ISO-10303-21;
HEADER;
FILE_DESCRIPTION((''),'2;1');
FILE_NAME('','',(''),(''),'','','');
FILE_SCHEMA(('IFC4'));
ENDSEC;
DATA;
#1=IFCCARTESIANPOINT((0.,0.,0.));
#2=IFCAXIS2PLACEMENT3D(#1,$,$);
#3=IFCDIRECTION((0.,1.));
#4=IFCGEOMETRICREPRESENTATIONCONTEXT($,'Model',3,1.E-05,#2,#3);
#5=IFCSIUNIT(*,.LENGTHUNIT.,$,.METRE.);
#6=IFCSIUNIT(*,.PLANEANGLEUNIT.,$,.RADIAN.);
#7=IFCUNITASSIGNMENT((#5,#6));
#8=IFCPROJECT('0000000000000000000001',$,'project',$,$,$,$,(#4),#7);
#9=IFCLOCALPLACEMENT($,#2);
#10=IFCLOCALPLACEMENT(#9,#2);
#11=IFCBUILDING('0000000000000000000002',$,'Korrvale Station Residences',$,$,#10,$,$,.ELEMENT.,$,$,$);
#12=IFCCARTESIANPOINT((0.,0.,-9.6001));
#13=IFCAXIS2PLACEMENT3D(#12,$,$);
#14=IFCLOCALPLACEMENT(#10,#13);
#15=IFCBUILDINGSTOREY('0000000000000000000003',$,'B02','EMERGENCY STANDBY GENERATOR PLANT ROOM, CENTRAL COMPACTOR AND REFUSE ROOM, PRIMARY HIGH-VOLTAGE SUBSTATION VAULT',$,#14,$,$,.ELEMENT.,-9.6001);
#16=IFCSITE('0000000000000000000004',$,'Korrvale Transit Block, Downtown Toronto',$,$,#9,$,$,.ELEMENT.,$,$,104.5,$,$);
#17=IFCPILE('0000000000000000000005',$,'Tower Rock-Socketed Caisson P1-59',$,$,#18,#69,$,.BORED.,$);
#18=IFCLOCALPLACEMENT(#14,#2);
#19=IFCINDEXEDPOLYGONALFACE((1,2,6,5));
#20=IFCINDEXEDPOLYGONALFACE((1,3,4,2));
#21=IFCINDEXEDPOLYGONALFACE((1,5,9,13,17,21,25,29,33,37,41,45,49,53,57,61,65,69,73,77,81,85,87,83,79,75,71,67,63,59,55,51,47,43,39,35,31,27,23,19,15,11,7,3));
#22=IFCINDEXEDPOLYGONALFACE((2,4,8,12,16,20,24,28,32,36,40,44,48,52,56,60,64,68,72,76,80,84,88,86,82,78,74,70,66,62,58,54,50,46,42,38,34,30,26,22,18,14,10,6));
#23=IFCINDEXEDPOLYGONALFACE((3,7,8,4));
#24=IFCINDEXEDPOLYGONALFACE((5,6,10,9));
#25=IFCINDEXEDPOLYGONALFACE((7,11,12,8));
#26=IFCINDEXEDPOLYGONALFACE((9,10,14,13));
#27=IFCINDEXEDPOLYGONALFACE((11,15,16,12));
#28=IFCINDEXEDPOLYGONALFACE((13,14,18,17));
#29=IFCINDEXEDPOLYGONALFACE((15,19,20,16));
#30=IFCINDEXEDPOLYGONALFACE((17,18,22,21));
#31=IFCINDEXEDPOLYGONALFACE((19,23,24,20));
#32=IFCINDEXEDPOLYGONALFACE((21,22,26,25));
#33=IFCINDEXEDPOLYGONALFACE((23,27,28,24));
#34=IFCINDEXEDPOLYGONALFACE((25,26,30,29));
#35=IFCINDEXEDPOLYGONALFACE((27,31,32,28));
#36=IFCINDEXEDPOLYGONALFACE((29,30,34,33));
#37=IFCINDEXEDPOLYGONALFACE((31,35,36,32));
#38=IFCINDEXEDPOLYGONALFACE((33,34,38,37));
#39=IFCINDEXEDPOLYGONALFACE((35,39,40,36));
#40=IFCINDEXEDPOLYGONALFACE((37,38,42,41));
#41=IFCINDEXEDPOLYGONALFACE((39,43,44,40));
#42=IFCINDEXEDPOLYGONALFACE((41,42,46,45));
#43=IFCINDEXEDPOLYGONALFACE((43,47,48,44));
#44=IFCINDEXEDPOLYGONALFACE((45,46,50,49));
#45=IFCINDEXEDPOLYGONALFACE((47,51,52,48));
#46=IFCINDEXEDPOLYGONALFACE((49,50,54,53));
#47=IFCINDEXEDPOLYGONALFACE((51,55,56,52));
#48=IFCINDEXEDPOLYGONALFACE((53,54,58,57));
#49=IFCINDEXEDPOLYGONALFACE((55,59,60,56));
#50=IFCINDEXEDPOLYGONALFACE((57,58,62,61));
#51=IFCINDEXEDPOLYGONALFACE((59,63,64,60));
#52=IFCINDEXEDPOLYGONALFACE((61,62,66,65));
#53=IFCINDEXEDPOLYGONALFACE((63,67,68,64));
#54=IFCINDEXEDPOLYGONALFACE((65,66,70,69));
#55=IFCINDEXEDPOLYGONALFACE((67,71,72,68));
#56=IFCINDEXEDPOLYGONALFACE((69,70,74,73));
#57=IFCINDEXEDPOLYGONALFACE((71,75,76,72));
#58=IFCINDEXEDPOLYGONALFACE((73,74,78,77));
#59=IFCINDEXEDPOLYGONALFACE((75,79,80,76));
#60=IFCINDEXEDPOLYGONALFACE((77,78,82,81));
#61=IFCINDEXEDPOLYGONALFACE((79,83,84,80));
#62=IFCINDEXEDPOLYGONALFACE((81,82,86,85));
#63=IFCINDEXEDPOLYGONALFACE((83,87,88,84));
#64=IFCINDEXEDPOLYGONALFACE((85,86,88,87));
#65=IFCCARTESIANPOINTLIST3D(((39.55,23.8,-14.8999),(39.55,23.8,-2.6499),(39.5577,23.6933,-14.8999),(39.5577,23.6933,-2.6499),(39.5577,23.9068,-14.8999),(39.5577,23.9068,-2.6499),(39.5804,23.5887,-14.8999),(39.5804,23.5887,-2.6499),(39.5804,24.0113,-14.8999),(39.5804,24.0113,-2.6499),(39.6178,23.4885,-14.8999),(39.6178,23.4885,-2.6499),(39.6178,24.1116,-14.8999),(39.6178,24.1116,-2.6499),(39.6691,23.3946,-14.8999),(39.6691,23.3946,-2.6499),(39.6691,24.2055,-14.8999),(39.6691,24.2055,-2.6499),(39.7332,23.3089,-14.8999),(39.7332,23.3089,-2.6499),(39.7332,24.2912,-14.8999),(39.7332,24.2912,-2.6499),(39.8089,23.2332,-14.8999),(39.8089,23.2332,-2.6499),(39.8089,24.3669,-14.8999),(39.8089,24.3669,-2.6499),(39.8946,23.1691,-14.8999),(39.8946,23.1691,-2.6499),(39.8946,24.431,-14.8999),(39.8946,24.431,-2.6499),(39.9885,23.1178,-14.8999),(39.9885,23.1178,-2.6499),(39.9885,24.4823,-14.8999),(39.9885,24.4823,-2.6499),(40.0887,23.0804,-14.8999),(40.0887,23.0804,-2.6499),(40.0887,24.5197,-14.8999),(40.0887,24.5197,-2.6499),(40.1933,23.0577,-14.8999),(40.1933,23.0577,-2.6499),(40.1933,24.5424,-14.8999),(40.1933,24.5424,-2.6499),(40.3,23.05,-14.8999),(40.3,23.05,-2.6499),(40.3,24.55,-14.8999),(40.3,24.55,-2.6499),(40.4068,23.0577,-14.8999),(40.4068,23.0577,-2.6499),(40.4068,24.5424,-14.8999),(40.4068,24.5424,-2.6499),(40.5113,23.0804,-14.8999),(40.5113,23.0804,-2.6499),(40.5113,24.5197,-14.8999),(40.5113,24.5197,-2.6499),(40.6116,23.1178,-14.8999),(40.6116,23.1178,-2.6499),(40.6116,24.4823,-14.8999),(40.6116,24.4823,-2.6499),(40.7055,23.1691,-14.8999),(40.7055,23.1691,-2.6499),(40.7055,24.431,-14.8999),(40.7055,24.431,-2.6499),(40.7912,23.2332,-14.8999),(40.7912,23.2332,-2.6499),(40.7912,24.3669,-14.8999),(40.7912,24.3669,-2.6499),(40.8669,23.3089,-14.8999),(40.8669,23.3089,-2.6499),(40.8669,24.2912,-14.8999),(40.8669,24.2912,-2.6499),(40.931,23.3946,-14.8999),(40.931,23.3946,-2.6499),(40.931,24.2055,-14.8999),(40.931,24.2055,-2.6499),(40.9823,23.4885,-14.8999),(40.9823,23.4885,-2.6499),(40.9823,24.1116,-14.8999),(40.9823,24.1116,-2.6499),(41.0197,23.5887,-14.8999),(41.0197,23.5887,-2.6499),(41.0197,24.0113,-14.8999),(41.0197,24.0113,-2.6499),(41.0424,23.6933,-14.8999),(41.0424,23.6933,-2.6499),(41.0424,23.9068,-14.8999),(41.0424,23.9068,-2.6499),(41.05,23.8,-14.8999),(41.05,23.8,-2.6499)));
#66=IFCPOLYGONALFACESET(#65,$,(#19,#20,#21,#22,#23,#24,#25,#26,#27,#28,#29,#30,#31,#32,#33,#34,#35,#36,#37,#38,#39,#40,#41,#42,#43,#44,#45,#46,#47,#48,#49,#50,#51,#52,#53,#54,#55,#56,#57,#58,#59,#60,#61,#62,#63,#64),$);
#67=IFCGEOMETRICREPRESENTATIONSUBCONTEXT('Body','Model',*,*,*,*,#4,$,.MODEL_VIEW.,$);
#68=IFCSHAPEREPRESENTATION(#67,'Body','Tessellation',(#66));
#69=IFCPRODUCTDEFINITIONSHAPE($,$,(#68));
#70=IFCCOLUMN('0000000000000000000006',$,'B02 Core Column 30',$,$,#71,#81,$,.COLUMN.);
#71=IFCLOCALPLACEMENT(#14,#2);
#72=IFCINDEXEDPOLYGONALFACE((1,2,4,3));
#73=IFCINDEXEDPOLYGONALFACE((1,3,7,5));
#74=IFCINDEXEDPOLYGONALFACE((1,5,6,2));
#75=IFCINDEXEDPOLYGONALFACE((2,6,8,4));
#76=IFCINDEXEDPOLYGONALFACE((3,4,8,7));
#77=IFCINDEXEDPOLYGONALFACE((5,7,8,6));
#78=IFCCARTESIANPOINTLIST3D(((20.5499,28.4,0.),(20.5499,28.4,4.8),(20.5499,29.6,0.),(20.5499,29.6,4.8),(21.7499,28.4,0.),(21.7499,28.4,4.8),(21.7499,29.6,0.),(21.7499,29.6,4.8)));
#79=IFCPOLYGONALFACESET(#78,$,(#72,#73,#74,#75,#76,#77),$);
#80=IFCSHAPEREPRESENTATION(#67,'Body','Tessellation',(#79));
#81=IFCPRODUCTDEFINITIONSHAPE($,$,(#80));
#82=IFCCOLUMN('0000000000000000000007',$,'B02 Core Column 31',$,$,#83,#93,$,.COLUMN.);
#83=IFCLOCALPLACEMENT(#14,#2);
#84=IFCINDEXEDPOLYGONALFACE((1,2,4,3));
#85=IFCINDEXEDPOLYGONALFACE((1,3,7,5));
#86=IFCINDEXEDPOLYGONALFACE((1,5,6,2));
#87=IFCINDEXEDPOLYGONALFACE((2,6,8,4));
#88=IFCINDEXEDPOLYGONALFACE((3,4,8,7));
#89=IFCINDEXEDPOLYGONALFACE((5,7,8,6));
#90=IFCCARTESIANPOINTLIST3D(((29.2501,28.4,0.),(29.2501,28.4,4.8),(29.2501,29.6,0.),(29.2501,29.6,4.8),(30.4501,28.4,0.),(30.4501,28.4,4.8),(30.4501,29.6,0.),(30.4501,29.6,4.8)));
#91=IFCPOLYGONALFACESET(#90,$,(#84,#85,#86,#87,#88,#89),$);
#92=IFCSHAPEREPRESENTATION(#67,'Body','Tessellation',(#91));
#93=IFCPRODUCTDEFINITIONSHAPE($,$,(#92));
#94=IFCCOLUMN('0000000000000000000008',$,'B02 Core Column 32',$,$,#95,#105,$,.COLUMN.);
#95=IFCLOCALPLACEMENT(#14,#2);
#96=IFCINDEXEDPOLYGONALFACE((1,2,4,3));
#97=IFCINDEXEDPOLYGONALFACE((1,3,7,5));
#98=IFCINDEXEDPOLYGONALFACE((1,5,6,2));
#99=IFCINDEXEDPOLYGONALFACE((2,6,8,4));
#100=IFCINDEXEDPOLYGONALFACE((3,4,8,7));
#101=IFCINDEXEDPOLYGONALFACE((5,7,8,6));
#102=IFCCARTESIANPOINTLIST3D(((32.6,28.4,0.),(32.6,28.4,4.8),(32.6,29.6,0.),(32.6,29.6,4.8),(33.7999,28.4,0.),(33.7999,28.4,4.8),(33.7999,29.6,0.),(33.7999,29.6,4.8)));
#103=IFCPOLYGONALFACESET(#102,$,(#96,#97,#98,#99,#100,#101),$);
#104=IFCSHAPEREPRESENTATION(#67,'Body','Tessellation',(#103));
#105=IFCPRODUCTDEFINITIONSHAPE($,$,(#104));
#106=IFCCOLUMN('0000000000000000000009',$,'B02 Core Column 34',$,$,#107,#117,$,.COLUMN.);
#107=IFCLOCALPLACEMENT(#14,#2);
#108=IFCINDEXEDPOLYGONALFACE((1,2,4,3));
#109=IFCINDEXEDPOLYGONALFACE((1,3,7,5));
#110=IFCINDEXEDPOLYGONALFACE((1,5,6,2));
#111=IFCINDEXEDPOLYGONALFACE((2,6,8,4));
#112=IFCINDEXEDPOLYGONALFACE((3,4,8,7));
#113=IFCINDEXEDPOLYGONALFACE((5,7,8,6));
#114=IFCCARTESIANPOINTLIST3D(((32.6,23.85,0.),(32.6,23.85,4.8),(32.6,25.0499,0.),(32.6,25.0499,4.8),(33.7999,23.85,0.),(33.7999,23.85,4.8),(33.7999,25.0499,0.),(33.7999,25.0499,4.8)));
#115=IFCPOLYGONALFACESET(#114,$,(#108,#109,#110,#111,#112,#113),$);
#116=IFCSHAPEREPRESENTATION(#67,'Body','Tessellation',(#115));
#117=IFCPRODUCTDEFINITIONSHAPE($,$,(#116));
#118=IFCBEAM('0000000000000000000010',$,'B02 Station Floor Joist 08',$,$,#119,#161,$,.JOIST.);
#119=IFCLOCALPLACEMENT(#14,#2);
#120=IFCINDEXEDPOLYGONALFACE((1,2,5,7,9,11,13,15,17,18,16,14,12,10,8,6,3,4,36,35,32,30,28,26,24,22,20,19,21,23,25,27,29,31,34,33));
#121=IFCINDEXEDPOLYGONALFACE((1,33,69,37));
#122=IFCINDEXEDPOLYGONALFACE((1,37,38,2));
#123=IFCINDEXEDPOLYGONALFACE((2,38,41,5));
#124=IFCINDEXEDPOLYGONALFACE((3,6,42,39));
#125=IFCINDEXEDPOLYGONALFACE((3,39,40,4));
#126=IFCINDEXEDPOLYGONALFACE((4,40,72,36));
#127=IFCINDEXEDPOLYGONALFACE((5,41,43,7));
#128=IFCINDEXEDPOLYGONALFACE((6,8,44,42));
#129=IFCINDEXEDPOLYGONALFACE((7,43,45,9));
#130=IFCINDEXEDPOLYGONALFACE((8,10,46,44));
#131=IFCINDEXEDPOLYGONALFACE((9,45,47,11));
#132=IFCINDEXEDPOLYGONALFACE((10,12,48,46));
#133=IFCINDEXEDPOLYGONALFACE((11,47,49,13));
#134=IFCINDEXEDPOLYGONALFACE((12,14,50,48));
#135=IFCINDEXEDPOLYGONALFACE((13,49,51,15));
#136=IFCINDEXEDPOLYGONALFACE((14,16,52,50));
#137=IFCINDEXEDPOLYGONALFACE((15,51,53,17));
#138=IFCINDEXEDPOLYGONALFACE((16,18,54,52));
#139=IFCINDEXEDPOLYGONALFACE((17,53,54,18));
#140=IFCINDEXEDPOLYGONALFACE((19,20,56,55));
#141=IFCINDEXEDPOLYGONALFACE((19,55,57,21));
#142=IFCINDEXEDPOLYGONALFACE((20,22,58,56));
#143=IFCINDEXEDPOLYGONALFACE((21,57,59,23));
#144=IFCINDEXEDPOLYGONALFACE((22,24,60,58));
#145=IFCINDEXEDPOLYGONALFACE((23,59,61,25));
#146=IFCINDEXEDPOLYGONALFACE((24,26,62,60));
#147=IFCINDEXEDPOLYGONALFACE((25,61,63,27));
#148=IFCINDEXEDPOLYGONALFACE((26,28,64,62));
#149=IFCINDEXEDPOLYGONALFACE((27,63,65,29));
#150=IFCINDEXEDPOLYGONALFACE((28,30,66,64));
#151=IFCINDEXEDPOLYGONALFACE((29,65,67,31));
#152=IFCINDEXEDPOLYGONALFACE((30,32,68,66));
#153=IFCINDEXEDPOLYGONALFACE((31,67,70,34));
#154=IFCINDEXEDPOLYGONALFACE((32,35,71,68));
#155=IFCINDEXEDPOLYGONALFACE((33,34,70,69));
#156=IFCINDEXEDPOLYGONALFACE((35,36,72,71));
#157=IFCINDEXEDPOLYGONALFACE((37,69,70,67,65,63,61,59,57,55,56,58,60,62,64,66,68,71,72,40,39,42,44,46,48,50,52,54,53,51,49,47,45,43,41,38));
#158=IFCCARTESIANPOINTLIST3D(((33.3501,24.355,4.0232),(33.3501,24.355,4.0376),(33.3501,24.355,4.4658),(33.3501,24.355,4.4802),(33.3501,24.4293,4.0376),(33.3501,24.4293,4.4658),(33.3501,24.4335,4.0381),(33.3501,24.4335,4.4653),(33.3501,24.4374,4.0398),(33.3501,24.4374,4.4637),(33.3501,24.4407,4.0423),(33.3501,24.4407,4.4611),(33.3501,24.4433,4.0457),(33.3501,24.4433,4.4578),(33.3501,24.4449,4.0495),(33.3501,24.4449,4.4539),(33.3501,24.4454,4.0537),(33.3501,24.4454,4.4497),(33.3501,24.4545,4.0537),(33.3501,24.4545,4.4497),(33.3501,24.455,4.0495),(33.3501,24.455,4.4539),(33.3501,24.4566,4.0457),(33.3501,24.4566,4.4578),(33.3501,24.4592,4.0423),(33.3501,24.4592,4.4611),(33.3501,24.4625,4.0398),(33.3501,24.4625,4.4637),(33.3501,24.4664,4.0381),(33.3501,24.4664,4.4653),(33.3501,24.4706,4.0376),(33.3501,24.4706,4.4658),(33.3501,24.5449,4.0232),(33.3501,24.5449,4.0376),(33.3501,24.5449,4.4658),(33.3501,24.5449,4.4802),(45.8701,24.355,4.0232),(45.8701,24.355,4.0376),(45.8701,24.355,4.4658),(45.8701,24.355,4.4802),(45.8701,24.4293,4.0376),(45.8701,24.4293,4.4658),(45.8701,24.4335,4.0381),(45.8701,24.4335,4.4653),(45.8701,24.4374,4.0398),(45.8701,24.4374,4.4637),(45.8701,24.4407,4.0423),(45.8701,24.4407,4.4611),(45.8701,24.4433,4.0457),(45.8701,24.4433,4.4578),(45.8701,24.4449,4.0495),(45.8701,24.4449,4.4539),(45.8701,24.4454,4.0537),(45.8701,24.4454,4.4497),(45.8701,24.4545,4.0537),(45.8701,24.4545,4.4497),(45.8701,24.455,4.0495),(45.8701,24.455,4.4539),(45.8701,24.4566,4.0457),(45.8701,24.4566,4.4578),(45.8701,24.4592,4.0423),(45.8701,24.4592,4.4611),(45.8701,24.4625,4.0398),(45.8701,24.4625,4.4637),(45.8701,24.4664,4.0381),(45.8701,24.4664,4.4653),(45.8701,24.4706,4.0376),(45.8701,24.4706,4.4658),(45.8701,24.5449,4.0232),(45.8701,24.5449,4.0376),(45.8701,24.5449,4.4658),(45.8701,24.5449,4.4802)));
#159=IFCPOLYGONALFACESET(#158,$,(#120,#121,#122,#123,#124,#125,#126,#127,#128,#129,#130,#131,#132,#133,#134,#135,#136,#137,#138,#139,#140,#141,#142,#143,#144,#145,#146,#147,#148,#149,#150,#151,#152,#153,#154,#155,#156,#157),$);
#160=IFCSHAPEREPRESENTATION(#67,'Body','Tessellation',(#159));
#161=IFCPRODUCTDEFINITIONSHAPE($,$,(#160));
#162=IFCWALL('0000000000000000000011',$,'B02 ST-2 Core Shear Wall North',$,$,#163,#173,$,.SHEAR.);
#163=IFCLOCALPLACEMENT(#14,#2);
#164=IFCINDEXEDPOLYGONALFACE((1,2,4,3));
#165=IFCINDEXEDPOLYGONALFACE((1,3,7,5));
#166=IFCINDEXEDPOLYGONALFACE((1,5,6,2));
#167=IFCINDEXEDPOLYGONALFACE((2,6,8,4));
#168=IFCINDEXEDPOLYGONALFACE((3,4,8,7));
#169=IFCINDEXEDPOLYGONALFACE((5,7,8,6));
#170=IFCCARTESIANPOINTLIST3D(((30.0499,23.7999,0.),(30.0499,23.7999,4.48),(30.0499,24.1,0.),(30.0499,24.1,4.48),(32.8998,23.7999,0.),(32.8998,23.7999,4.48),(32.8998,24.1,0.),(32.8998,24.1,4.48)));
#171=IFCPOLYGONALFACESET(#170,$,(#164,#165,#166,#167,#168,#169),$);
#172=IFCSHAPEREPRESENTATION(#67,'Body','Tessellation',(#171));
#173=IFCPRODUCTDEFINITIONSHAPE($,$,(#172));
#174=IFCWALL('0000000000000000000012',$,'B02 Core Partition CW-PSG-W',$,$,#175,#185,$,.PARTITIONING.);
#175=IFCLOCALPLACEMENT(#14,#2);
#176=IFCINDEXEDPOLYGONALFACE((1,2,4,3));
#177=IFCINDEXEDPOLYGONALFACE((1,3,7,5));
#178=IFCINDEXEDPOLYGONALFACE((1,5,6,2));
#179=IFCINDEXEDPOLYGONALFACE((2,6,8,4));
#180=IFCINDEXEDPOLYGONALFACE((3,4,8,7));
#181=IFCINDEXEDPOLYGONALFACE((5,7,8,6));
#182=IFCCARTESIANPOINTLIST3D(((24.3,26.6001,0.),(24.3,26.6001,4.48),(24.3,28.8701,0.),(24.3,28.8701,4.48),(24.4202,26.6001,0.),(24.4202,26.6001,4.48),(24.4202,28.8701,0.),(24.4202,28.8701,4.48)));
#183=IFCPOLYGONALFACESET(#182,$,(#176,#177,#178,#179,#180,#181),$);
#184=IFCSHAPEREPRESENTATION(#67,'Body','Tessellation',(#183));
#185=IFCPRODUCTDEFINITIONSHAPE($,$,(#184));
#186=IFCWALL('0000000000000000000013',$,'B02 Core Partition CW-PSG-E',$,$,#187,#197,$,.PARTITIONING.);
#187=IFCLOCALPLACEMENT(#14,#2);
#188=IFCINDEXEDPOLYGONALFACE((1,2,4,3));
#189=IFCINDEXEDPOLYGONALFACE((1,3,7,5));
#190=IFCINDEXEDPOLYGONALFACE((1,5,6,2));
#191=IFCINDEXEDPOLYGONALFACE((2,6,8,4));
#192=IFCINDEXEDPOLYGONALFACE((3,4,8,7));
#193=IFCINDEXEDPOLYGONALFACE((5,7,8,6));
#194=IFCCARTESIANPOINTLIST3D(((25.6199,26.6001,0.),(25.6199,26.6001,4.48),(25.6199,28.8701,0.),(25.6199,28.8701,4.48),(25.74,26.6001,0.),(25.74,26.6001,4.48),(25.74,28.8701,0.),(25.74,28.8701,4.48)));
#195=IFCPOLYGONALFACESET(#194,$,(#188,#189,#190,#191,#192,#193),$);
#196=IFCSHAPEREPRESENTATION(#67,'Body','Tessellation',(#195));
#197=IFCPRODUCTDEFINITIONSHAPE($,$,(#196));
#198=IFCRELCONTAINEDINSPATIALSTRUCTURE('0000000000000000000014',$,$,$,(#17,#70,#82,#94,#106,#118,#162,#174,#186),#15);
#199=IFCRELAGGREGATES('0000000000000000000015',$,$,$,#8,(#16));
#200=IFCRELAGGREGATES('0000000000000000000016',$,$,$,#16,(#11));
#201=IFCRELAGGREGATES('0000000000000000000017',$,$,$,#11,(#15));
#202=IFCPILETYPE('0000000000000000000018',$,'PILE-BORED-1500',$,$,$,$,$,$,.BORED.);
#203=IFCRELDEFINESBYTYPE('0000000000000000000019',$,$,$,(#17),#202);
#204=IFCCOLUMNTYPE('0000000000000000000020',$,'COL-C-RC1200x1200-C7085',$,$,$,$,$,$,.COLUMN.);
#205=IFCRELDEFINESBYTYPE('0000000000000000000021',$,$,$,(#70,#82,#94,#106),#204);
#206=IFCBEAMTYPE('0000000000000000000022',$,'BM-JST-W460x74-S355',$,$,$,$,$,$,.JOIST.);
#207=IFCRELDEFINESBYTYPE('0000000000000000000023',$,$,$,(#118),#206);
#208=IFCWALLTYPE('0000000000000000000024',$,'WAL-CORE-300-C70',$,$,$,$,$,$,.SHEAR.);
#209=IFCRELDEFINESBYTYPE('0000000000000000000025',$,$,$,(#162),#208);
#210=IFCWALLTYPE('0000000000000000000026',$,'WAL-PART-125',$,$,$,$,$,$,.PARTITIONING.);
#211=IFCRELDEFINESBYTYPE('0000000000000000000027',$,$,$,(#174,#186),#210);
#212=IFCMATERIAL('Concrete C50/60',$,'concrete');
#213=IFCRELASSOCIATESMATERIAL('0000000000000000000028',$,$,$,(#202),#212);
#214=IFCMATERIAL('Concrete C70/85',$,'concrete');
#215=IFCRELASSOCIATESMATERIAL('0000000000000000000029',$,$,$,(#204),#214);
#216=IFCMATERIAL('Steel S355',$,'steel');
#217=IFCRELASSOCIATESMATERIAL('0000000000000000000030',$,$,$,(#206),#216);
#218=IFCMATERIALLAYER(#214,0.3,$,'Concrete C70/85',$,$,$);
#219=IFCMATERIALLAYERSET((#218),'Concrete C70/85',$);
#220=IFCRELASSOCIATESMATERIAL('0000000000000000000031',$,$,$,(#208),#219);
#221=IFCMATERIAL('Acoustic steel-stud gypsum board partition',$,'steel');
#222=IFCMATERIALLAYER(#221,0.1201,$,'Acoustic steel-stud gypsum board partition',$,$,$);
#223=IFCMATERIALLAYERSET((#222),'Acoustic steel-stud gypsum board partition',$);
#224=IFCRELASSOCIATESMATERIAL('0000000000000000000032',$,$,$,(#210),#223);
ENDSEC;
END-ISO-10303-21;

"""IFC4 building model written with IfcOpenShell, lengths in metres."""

from ifc_helpers import new_model, si_unit, direction, frame, frame_2d, origin, origin_2d, place, context, subcontext, project, spatial, rectangle, circle, i_section, extrude, material, layer, layer_set, material_profile, profile_set, type_object, element, save


model = new_model("IFC4")

# Units and contexts
model_context = context("Model", 3, precision=1e-05, world=origin(), true_north=direction((0.0, 1.0)))
body_context = subcontext(model_context, "Body", "Model", "MODEL_VIEW")
ifc_project = project(units=[si_unit("LENGTHUNIT", "METRE"), si_unit("PLANEANGLEUNIT", "RADIAN")], contexts=[model_context])

# Site, building, storey
site_placement = place(None, origin())
site = spatial("IfcSite", under=ifc_project, at=site_placement, Name="Korrvale Transit Block, Downtown Toronto", CompositionType="ELEMENT", RefElevation=104.5)
building_placement = place(site_placement, origin())
building = spatial("IfcBuilding", under=site, at=building_placement, Name="Korrvale Station Residences", CompositionType="ELEMENT")
storey_placement = place(building_placement, frame((0.0, 0.0, -9.6001)))
storey = spatial("IfcBuildingStorey", under=building, at=storey_placement, Name="B02", Description="EMERGENCY STANDBY GENERATOR PLANT ROOM, CENTRAL COMPACTOR AND REFUSE ROOM, PRIMARY HIGH-VOLTAGE SUBSTATION VAULT", CompositionType="ELEMENT", Elevation=-9.6001)

# Pile
ifc_material_1 = material(Name="Concrete C50/60", Category="concrete")
ifc_material_profile_1 = material_profile(ifc_material_1, circle(Radius=0.75, at=origin_2d()), Name="PILE1500")
ifc_profile_set_1 = profile_set([ifc_material_profile_1], Name="Concrete C50/60")
pile_type = type_object("IfcPileType", Name="PILE-BORED-1500", PredefinedType="BORED", material=ifc_profile_set_1)
for number, where, z_axis, x_axis, name in (
    (1, (40.3, 23.8, -2.6499), (0.0, 0.0, -1.0), (1.0, 0.0, 0.0), "Tower Rock-Socketed Caisson P1-59"),
):
    element("IfcPile", number, at=place(storey_placement, frame(where, z_axis=z_axis, x_axis=x_axis)), inside=storey, type_object=pile_type, Name=name, PredefinedType="BORED", context=body_context, shape_type="SweptSolid", body=[
        extrude(circle(Radius=0.75, at=origin_2d()), origin(), (0.0, 0.0, 1.0), 12.25),
    ])

# Columns
ifc_material_2 = material(Name="Concrete C70/85", Category="concrete")
ifc_material_profile_2 = material_profile(ifc_material_2, rectangle(XDim=1.2, YDim=1.2, at=origin_2d()), Name="RC1200x1200")
ifc_profile_set_2 = profile_set([ifc_material_profile_2], Name="Concrete C70/85")
column_type = type_object("IfcColumnType", Name="COL-C-RC1200x1200-C7085", PredefinedType="COLUMN", material=ifc_profile_set_2)
for number, where, z_axis, x_axis, name in (
    (2, (21.1499, 29.0, 0.0), (0.0, 0.0, 1.0), (1.0, 0.0, 0.0), "B02 Core Column 30"),
    (3, (29.8501, 29.0, 0.0), (0.0, 0.0, 1.0), (1.0, 0.0, 0.0), "B02 Core Column 31"),
    (4, (33.2, 29.0, 0.0), (0.0, 0.0, 1.0), (1.0, 0.0, 0.0), "B02 Core Column 32"),
    (5, (33.2, 24.45, 0.0), (0.0, 0.0, 1.0), (1.0, 0.0, 0.0), "B02 Core Column 34"),
):
    element("IfcColumn", number, at=place(storey_placement, frame(where, z_axis=z_axis, x_axis=x_axis)), inside=storey, type_object=column_type, Name=name, PredefinedType="COLUMN", context=body_context, shape_type="SweptSolid", body=[
        extrude(rectangle(XDim=1.2, YDim=1.2, at=origin_2d()), origin(), (0.0, 0.0, 1.0), 4.8),
    ])

# Beam
ifc_material_3 = material(Name="Steel S355", Category="steel")
ifc_material_profile_3 = material_profile(ifc_material_3, i_section(OverallWidth=0.1899, OverallDepth=0.457, WebThickness=0.009, FlangeThickness=0.0144, FilletRadius=0.0161, at=origin_2d()), Name="W460x74")
ifc_profile_set_3 = profile_set([ifc_material_profile_3], Name="Steel S355")
beam_type = type_object("IfcBeamType", Name="BM-JST-W460x74-S355", PredefinedType="JOIST", material=ifc_profile_set_3)
beam_placement = place(storey_placement, frame((33.3501, 24.45, 4.2517), z_axis=(1.0, 0.0, 0.0), x_axis=(0.0, 1.0, 0.0)))
element("IfcBeam", 6, at=beam_placement, inside=storey, type_object=beam_type, Name="B02 Station Floor Joist 08", PredefinedType="JOIST", context=body_context, shape_type="SweptSolid", body=[
    extrude(i_section(OverallWidth=0.1899, OverallDepth=0.457, WebThickness=0.009, FlangeThickness=0.0144, FilletRadius=0.0161, at=origin_2d()), origin(), (0.0, 0.0, 1.0), 12.52),
])

# Walls
ifc_layer_1 = layer(ifc_material_2, 0.3, Name="Concrete C70/85")
ifc_layer_set_1 = layer_set([ifc_layer_1], Name="Concrete C70/85")
wall_type_1 = type_object("IfcWallType", Name="WAL-CORE-300-C70", PredefinedType="SHEAR", material=ifc_layer_set_1)
wall_1_placement = place(storey_placement, frame((30.05, 23.95, 0.0), z_axis=(0.0, 0.0, 1.0), x_axis=(1.0, 0.0, 0.0)))
element("IfcWall", 7, at=wall_1_placement, inside=storey, type_object=wall_type_1, Name="B02 ST-2 Core Shear Wall North", PredefinedType="SHEAR", context=body_context, shape_type="SweptSolid", body=[
    extrude(rectangle(XDim=2.8499, YDim=0.3, at=frame_2d((1.4248, 0.0))), origin(), (0.0, 0.0, 1.0), 4.48),
])
ifc_material_4 = material(Name="Acoustic steel-stud gypsum board partition", Category="steel")
ifc_layer_2 = layer(ifc_material_4, 0.1201, Name="Acoustic steel-stud gypsum board partition")
ifc_layer_set_2 = layer_set([ifc_layer_2], Name="Acoustic steel-stud gypsum board partition")
wall_type_2 = type_object("IfcWallType", Name="WAL-PART-125", PredefinedType="PARTITIONING", material=ifc_layer_set_2)
for number, where, z_axis, x_axis, name in (
    (8, (24.3601, 26.6001, 0.0), (0.0, 0.0, 1.0), (0.0, 1.0, 0.0), "B02 Core Partition CW-PSG-W"),
    (9, (25.6799, 26.6001, 0.0), (0.0, 0.0, 1.0), (0.0, 1.0, 0.0), "B02 Core Partition CW-PSG-E"),
):
    element("IfcWall", number, at=place(storey_placement, frame(where, z_axis=z_axis, x_axis=x_axis)), inside=storey, type_object=wall_type_2, Name=name, PredefinedType="PARTITIONING", context=body_context, shape_type="SweptSolid", body=[
        extrude(rectangle(XDim=2.27, YDim=0.1201, at=frame_2d((1.135, 0.0))), origin(), (0.0, 0.0, 1.0), 4.48),
    ])

save(model, "model.ifc")
